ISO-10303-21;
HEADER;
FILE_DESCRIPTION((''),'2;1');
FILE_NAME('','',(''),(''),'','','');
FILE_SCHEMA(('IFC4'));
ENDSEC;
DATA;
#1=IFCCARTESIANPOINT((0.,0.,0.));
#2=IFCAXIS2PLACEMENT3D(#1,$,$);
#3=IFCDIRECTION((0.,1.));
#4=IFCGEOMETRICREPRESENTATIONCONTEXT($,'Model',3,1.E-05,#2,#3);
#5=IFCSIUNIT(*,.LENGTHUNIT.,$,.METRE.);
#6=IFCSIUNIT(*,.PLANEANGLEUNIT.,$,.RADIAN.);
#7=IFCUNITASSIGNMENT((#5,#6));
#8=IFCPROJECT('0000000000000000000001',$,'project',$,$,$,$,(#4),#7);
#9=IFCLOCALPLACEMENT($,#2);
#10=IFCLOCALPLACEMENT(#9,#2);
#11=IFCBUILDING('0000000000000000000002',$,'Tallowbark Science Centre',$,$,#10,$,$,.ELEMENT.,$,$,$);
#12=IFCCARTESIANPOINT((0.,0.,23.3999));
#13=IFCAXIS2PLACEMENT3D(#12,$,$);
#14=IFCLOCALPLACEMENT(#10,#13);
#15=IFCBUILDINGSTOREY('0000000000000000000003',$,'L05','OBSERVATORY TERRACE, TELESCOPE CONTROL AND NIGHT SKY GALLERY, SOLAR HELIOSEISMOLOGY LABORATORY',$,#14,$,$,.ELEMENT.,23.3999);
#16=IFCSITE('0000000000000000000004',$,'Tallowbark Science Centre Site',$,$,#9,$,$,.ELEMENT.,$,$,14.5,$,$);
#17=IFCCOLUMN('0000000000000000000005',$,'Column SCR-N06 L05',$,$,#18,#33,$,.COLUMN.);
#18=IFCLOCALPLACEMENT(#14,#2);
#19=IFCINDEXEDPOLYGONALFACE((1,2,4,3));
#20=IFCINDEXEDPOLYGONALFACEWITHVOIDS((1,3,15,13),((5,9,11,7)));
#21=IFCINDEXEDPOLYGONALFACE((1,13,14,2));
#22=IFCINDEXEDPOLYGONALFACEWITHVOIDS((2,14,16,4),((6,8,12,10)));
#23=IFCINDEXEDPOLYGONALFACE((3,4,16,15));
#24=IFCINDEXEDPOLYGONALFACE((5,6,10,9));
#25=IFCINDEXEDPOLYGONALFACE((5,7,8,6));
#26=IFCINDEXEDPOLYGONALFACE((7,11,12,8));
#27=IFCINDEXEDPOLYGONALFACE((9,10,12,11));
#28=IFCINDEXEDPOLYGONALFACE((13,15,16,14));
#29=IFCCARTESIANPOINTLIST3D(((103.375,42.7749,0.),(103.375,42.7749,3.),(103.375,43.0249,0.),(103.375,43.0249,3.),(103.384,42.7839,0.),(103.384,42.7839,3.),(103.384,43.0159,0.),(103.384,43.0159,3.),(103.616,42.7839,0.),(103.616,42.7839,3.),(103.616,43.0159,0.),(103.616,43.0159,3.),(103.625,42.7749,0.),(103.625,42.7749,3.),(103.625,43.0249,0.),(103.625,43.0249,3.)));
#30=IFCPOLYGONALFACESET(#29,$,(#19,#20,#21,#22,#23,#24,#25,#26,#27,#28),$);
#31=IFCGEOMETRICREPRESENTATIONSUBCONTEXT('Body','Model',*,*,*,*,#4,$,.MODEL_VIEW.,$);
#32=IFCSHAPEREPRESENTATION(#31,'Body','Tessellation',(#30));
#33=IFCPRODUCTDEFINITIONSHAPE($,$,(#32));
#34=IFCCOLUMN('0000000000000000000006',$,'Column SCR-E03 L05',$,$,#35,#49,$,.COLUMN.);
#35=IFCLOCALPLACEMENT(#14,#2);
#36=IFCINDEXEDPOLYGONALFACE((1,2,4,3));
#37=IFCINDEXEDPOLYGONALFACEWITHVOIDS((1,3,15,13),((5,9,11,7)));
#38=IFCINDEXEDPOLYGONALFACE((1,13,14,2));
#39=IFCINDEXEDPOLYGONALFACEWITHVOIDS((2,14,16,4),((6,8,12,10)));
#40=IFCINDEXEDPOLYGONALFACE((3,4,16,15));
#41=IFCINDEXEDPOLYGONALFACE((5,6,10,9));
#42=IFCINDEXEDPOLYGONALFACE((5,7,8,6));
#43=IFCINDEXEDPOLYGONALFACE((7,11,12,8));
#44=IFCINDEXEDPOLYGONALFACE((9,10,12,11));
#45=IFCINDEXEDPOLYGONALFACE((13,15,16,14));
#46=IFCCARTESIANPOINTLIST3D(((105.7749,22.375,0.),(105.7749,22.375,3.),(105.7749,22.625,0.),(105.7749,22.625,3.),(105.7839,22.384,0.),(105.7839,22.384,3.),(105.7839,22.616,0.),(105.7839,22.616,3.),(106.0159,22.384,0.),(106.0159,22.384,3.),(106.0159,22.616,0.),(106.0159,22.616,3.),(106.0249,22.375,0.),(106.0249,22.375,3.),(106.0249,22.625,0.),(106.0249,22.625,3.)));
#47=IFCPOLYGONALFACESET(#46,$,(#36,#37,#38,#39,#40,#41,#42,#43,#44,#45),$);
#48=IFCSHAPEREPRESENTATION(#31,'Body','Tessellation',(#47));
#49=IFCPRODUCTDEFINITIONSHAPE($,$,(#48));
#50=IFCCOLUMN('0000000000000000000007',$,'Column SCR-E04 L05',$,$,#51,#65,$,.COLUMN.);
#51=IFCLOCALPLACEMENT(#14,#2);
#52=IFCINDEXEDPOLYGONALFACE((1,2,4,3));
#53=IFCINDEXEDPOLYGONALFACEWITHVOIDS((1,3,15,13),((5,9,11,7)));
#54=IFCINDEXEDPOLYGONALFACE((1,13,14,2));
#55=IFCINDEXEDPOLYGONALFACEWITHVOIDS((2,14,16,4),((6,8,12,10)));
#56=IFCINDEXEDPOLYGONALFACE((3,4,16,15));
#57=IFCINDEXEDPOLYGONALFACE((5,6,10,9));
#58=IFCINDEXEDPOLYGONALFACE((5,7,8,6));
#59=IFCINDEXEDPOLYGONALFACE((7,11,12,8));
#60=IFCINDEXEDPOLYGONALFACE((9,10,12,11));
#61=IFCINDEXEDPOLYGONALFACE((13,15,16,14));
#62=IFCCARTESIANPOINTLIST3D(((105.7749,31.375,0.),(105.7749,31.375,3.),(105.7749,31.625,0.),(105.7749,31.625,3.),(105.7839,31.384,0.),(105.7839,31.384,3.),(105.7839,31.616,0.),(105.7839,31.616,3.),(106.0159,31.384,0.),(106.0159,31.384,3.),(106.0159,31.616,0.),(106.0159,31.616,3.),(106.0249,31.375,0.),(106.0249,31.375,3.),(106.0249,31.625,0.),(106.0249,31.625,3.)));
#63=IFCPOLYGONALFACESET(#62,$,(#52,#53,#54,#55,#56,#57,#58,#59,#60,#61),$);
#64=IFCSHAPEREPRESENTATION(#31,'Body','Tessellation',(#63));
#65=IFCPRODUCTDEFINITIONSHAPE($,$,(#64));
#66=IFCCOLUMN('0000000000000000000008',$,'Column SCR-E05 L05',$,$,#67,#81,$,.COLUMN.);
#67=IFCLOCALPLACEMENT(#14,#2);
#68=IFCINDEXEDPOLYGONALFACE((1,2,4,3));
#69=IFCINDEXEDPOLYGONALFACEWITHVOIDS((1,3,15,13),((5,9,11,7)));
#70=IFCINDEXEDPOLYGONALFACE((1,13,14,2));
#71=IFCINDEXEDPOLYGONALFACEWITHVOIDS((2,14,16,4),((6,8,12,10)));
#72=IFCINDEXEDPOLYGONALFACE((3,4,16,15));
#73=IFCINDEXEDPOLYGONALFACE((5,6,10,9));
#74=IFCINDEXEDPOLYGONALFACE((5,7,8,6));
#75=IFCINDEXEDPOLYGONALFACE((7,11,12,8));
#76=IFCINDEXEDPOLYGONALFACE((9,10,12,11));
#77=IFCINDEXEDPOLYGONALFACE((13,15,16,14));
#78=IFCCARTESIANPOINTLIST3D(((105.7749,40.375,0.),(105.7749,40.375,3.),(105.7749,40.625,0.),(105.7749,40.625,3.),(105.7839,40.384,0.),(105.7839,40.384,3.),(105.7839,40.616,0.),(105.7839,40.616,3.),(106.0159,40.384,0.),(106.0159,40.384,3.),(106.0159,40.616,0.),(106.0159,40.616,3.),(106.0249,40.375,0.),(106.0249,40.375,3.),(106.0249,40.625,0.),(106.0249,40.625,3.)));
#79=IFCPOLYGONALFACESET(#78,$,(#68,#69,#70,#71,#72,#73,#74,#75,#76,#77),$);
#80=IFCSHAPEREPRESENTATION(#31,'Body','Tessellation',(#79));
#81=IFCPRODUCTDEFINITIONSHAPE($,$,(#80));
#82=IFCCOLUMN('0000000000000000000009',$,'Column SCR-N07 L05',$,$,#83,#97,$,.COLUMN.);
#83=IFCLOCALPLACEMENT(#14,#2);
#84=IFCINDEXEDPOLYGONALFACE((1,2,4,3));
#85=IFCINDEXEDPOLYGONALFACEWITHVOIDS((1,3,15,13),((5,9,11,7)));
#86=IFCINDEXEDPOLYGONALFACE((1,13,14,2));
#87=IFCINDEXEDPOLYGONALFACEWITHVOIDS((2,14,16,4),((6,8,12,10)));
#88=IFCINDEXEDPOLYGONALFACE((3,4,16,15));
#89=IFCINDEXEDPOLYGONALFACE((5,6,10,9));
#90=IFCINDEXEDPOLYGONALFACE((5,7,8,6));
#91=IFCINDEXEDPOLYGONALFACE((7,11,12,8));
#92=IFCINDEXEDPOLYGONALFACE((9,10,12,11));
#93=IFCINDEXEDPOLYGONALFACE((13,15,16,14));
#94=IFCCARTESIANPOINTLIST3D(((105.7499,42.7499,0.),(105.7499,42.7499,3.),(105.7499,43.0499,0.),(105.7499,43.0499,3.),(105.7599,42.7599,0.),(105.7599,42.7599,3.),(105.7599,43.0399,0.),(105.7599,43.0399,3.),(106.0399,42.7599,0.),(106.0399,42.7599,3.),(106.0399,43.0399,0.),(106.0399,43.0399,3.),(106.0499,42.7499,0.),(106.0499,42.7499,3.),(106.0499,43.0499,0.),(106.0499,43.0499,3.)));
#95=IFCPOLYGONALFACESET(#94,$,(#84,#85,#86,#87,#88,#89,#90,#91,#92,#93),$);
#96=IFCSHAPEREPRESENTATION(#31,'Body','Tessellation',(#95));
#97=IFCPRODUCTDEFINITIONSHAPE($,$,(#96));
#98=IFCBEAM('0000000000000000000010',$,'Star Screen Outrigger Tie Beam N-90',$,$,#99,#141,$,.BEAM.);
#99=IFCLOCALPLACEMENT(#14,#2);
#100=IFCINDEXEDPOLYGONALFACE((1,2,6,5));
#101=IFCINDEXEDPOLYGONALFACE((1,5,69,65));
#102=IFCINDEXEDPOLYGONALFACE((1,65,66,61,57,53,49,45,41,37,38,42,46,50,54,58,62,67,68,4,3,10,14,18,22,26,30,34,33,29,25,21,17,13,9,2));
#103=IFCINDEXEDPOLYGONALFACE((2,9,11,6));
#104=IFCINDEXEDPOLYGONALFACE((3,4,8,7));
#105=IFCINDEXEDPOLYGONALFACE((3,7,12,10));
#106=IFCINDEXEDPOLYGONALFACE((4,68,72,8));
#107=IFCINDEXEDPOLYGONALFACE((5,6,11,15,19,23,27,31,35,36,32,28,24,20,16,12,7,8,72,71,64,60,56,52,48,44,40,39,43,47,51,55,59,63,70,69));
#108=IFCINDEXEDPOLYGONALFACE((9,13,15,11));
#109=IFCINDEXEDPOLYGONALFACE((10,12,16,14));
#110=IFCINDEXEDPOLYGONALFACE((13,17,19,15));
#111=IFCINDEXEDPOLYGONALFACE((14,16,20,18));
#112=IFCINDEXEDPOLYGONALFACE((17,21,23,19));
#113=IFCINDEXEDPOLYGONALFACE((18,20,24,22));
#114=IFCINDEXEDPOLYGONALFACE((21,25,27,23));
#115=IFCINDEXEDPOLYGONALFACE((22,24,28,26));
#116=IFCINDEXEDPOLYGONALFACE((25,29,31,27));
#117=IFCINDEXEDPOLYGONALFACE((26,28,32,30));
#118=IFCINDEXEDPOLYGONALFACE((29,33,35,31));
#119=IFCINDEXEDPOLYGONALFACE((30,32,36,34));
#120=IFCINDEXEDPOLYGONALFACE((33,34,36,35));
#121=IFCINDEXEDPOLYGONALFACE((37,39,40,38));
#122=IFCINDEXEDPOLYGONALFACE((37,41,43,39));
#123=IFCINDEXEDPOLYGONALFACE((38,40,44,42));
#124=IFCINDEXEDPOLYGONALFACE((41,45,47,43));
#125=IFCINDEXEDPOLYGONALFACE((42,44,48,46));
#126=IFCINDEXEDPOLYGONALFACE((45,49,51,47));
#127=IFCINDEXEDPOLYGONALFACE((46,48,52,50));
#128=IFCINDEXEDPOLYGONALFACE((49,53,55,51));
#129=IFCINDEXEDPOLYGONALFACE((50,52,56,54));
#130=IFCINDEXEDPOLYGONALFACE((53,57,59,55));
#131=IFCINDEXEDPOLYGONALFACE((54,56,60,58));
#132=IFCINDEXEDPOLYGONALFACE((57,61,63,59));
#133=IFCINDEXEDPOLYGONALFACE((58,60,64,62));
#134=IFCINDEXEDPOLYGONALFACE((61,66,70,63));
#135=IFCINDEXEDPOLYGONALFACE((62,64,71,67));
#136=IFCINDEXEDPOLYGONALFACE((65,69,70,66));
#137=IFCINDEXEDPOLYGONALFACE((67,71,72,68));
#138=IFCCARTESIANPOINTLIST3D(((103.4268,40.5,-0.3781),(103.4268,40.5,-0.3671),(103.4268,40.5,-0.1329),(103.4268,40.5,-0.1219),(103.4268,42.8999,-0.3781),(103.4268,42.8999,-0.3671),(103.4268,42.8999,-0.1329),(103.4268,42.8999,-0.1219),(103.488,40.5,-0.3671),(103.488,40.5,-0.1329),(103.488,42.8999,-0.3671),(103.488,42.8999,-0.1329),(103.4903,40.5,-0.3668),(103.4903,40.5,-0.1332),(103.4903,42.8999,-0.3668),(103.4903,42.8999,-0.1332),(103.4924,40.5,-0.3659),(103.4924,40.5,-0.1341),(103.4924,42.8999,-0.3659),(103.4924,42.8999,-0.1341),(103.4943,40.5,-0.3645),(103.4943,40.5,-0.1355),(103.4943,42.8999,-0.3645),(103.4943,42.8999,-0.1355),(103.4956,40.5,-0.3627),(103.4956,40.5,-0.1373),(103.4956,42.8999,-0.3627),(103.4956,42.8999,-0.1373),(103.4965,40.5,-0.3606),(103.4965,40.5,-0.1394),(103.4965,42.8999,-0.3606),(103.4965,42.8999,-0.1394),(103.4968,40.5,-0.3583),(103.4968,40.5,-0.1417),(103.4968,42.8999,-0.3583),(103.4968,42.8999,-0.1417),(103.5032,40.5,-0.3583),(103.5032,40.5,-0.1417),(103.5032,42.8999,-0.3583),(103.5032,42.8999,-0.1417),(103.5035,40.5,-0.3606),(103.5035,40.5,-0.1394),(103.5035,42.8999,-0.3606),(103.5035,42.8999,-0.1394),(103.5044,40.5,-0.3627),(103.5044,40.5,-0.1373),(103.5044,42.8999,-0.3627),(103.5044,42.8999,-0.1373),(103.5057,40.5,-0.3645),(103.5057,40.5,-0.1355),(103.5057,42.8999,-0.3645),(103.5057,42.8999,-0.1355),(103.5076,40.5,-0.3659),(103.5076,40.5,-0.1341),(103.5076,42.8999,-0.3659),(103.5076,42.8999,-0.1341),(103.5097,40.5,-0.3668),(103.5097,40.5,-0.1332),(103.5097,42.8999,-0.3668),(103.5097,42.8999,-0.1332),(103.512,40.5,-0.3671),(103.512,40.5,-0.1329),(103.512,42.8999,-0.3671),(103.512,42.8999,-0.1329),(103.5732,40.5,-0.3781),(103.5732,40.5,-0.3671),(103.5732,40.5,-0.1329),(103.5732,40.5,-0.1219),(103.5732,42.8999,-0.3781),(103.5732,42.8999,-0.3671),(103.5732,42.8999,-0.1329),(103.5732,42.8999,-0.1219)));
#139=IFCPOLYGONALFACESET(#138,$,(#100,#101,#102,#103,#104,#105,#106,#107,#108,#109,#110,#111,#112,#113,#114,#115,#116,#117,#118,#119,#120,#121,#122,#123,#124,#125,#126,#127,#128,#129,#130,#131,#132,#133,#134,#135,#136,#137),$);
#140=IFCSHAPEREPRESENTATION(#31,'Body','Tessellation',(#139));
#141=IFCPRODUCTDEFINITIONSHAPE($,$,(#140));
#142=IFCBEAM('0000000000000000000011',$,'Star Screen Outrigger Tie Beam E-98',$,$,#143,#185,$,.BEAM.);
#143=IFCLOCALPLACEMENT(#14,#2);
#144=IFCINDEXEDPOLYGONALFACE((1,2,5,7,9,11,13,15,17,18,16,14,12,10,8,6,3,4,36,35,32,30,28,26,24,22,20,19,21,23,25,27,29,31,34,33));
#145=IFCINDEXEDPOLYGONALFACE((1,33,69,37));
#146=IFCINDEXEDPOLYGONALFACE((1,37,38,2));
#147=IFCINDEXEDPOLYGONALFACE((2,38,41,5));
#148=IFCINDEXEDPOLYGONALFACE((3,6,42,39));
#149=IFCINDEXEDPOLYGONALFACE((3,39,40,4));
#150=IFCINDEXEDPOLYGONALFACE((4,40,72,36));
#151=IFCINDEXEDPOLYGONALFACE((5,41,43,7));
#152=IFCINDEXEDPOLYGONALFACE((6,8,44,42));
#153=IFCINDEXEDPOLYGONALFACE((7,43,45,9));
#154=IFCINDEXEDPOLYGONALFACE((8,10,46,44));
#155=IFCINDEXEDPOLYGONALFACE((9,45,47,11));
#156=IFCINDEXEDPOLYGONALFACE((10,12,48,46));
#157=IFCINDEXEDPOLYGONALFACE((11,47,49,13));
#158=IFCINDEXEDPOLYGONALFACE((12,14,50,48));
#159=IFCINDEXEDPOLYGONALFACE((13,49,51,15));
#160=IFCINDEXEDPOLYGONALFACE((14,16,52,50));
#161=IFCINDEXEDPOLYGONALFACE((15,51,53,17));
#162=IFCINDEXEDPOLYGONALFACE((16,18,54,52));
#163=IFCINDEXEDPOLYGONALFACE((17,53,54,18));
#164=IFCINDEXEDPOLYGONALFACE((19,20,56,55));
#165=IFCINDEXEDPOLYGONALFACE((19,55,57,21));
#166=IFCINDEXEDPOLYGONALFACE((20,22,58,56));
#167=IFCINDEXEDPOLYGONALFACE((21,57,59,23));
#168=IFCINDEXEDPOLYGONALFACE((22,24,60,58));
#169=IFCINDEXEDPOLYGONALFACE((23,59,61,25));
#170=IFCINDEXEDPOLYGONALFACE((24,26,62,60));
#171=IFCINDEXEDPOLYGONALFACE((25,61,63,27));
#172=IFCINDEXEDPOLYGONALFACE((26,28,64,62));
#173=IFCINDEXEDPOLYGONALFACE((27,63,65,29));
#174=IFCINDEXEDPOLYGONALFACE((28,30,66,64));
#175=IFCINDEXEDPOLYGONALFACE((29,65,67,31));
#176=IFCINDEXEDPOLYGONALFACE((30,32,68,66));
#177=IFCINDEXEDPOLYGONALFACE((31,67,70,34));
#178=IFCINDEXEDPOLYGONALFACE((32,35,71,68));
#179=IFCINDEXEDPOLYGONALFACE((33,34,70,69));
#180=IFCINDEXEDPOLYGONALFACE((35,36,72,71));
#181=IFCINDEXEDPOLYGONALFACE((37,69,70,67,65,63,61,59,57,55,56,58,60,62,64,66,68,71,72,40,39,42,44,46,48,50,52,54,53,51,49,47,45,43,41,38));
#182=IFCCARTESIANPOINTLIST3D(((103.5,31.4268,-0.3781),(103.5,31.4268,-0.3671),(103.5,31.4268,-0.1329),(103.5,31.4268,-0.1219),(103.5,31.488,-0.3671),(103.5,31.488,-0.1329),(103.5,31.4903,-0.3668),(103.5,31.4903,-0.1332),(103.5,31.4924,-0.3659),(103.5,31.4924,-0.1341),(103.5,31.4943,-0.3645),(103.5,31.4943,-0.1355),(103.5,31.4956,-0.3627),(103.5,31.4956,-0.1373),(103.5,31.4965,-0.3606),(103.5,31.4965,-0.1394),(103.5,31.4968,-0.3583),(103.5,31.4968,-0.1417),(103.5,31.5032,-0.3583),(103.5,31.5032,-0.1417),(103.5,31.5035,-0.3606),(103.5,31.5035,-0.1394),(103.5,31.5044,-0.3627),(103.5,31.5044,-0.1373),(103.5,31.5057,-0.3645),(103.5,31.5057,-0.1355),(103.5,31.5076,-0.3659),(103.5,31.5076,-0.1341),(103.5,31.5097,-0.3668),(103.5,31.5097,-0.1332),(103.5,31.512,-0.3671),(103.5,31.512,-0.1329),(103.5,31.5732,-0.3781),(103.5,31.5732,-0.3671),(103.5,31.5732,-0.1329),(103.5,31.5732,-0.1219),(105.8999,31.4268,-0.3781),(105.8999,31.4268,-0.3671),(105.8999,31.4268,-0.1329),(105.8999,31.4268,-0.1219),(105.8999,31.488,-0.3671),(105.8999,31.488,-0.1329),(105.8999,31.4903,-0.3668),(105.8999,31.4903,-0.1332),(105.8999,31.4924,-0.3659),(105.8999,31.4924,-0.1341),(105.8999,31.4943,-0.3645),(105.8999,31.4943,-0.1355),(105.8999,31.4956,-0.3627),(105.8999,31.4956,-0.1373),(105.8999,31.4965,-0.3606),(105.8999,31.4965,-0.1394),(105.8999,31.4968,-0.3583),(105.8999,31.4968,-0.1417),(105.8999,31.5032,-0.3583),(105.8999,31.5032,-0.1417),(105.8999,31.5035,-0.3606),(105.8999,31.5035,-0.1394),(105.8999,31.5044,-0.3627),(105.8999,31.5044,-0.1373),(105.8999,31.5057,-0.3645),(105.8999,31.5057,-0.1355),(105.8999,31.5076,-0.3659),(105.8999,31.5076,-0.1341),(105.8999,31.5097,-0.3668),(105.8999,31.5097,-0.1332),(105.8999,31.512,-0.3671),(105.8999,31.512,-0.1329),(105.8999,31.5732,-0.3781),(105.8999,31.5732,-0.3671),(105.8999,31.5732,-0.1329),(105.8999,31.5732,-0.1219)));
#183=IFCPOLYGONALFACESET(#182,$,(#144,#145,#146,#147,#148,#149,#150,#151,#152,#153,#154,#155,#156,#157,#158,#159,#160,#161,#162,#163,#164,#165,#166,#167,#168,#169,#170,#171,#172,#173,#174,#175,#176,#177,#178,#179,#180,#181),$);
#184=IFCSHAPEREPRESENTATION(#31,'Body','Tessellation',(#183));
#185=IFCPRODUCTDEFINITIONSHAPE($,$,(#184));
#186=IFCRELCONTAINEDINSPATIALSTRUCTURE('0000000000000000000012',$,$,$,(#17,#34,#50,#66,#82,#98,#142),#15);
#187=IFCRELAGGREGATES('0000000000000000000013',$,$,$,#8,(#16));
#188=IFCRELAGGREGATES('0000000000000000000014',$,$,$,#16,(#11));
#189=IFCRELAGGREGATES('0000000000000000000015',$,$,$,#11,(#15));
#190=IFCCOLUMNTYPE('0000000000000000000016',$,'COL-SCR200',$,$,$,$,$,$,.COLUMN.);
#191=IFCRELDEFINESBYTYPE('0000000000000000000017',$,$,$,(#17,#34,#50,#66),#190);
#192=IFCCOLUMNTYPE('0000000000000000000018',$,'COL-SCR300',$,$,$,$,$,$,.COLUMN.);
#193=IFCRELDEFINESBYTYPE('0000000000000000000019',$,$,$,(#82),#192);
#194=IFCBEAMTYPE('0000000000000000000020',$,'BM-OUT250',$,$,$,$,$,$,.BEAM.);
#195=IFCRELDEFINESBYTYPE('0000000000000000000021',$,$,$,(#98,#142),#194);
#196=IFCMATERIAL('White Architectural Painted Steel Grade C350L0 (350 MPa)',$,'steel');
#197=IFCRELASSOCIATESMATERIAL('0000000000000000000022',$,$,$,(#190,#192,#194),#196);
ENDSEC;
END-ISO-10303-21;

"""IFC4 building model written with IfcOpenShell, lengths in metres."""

from ifc_helpers import new_model, si_unit, direction, frame, origin, origin_2d, place, context, subcontext, project, spatial, hollow_rectangle, i_section, extrude, material, material_profile, profile_set, type_object, element, save


model = new_model("IFC4")

# Units and contexts
model_context = context("Model", 3, precision=1e-05, world=origin(), true_north=direction((0.0, 1.0)))
body_context = subcontext(model_context, "Body", "Model", "MODEL_VIEW")
ifc_project = project(units=[si_unit("LENGTHUNIT", "METRE"), si_unit("PLANEANGLEUNIT", "RADIAN")], contexts=[model_context])

# Site, building, storey
site_placement = place(None, origin())
site = spatial("IfcSite", under=ifc_project, at=site_placement, Name="Tallowbark Science Centre Site", CompositionType="ELEMENT", RefElevation=14.5)
building_placement = place(site_placement, origin())
building = spatial("IfcBuilding", under=site, at=building_placement, Name="Tallowbark Science Centre", CompositionType="ELEMENT")
storey_placement = place(building_placement, frame((0.0, 0.0, 23.3999)))
storey = spatial("IfcBuildingStorey", under=building, at=storey_placement, Name="L05", Description="OBSERVATORY TERRACE, TELESCOPE CONTROL AND NIGHT SKY GALLERY, SOLAR HELIOSEISMOLOGY LABORATORY", CompositionType="ELEMENT", Elevation=23.3999)

# Columns
ifc_material_1 = material(Name="White Architectural Painted Steel Grade C350L0 (350 MPa)", Category="steel")
ifc_material_profile_1 = material_profile(ifc_material_1, hollow_rectangle(XDim=0.25, YDim=0.25, WallThickness=0.009, at=origin_2d()), Name="250x250x9.0SHS")
ifc_profile_set_1 = profile_set([ifc_material_profile_1], Name="White Architectural Painted Steel Grade C350L0 (350 MPa)")
column_type_1 = type_object("IfcColumnType", Name="COL-SCR200", PredefinedType="COLUMN", material=ifc_profile_set_1)
for number, where, z_axis, x_axis, name in (
    (1, (103.5, 42.8999, 0.0), (0.0, 0.0, 1.0), (1.0, 0.0, 0.0), "Column SCR-N06 L05"),
    (2, (105.8999, 22.5, 0.0), (0.0, 0.0, 1.0), (1.0, 0.0, 0.0), "Column SCR-E03 L05"),
    (3, (105.8999, 31.5, 0.0), (0.0, 0.0, 1.0), (1.0, 0.0, 0.0), "Column SCR-E04 L05"),
    (4, (105.8999, 40.5, 0.0), (0.0, 0.0, 1.0), (1.0, 0.0, 0.0), "Column SCR-E05 L05"),
):
    element("IfcColumn", number, at=place(storey_placement, frame(where, z_axis=z_axis, x_axis=x_axis)), inside=storey, type_object=column_type_1, Name=name, PredefinedType="COLUMN", context=body_context, shape_type="SweptSolid", body=[
        extrude(hollow_rectangle(XDim=0.25, YDim=0.25, WallThickness=0.009, at=origin_2d()), origin(), (0.0, 0.0, 1.0), 3.0),
    ])
ifc_material_profile_2 = material_profile(ifc_material_1, hollow_rectangle(XDim=0.3, YDim=0.3, WallThickness=0.01, at=origin_2d()), Name="300x300x10.0SHS")
ifc_profile_set_2 = profile_set([ifc_material_profile_2], Name="White Architectural Painted Steel Grade C350L0 (350 MPa)")
column_type_2 = type_object("IfcColumnType", Name="COL-SCR300", PredefinedType="COLUMN", material=ifc_profile_set_2)
column_placement = place(storey_placement, frame((105.8999, 42.8999, 0.0), z_axis=(0.0, 0.0, 1.0), x_axis=(1.0, 0.0, 0.0)))
element("IfcColumn", 5, at=column_placement, inside=storey, type_object=column_type_2, Name="Column SCR-N07 L05", PredefinedType="COLUMN", context=body_context, shape_type="SweptSolid", body=[
    extrude(hollow_rectangle(XDim=0.3, YDim=0.3, WallThickness=0.01, at=origin_2d()), origin(), (0.0, 0.0, 1.0), 3.0),
])

# Beams
ifc_material_profile_3 = material_profile(ifc_material_1, i_section(OverallWidth=0.1465, OverallDepth=0.2561, WebThickness=0.0063, FlangeThickness=0.011, FilletRadius=0.0088, at=origin_2d()), Name="250UB37.3")
ifc_profile_set_3 = profile_set([ifc_material_profile_3], Name="White Architectural Painted Steel Grade C350L0 (350 MPa)")
beam_type_1 = type_object("IfcBeamType", Name="BM-OUT250", PredefinedType="BEAM", material=ifc_profile_set_3)
for number, where, z_axis, x_axis, name in (
    (6, (103.5, 40.5, -0.25), (0.0, 1.0, 0.0), (-1.0, 0.0, 0.0), "Star Screen Outrigger Tie Beam N-90"),
    (7, (103.5, 31.5, -0.25), (1.0, 0.0, 0.0), (0.0, 1.0, 0.0), "Star Screen Outrigger Tie Beam E-98"),
):
    element("IfcBeam", number, at=place(storey_placement, frame(where, z_axis=z_axis, x_axis=x_axis)), inside=storey, type_object=beam_type_1, Name=name, PredefinedType="BEAM", context=body_context, shape_type="SweptSolid", body=[
        extrude(i_section(OverallWidth=0.1465, OverallDepth=0.2561, WebThickness=0.0063, FlangeThickness=0.011, FilletRadius=0.0088, at=origin_2d()), origin(), (0.0, 0.0, 1.0), 2.3999),
    ])

save(model, "model.ifc")
